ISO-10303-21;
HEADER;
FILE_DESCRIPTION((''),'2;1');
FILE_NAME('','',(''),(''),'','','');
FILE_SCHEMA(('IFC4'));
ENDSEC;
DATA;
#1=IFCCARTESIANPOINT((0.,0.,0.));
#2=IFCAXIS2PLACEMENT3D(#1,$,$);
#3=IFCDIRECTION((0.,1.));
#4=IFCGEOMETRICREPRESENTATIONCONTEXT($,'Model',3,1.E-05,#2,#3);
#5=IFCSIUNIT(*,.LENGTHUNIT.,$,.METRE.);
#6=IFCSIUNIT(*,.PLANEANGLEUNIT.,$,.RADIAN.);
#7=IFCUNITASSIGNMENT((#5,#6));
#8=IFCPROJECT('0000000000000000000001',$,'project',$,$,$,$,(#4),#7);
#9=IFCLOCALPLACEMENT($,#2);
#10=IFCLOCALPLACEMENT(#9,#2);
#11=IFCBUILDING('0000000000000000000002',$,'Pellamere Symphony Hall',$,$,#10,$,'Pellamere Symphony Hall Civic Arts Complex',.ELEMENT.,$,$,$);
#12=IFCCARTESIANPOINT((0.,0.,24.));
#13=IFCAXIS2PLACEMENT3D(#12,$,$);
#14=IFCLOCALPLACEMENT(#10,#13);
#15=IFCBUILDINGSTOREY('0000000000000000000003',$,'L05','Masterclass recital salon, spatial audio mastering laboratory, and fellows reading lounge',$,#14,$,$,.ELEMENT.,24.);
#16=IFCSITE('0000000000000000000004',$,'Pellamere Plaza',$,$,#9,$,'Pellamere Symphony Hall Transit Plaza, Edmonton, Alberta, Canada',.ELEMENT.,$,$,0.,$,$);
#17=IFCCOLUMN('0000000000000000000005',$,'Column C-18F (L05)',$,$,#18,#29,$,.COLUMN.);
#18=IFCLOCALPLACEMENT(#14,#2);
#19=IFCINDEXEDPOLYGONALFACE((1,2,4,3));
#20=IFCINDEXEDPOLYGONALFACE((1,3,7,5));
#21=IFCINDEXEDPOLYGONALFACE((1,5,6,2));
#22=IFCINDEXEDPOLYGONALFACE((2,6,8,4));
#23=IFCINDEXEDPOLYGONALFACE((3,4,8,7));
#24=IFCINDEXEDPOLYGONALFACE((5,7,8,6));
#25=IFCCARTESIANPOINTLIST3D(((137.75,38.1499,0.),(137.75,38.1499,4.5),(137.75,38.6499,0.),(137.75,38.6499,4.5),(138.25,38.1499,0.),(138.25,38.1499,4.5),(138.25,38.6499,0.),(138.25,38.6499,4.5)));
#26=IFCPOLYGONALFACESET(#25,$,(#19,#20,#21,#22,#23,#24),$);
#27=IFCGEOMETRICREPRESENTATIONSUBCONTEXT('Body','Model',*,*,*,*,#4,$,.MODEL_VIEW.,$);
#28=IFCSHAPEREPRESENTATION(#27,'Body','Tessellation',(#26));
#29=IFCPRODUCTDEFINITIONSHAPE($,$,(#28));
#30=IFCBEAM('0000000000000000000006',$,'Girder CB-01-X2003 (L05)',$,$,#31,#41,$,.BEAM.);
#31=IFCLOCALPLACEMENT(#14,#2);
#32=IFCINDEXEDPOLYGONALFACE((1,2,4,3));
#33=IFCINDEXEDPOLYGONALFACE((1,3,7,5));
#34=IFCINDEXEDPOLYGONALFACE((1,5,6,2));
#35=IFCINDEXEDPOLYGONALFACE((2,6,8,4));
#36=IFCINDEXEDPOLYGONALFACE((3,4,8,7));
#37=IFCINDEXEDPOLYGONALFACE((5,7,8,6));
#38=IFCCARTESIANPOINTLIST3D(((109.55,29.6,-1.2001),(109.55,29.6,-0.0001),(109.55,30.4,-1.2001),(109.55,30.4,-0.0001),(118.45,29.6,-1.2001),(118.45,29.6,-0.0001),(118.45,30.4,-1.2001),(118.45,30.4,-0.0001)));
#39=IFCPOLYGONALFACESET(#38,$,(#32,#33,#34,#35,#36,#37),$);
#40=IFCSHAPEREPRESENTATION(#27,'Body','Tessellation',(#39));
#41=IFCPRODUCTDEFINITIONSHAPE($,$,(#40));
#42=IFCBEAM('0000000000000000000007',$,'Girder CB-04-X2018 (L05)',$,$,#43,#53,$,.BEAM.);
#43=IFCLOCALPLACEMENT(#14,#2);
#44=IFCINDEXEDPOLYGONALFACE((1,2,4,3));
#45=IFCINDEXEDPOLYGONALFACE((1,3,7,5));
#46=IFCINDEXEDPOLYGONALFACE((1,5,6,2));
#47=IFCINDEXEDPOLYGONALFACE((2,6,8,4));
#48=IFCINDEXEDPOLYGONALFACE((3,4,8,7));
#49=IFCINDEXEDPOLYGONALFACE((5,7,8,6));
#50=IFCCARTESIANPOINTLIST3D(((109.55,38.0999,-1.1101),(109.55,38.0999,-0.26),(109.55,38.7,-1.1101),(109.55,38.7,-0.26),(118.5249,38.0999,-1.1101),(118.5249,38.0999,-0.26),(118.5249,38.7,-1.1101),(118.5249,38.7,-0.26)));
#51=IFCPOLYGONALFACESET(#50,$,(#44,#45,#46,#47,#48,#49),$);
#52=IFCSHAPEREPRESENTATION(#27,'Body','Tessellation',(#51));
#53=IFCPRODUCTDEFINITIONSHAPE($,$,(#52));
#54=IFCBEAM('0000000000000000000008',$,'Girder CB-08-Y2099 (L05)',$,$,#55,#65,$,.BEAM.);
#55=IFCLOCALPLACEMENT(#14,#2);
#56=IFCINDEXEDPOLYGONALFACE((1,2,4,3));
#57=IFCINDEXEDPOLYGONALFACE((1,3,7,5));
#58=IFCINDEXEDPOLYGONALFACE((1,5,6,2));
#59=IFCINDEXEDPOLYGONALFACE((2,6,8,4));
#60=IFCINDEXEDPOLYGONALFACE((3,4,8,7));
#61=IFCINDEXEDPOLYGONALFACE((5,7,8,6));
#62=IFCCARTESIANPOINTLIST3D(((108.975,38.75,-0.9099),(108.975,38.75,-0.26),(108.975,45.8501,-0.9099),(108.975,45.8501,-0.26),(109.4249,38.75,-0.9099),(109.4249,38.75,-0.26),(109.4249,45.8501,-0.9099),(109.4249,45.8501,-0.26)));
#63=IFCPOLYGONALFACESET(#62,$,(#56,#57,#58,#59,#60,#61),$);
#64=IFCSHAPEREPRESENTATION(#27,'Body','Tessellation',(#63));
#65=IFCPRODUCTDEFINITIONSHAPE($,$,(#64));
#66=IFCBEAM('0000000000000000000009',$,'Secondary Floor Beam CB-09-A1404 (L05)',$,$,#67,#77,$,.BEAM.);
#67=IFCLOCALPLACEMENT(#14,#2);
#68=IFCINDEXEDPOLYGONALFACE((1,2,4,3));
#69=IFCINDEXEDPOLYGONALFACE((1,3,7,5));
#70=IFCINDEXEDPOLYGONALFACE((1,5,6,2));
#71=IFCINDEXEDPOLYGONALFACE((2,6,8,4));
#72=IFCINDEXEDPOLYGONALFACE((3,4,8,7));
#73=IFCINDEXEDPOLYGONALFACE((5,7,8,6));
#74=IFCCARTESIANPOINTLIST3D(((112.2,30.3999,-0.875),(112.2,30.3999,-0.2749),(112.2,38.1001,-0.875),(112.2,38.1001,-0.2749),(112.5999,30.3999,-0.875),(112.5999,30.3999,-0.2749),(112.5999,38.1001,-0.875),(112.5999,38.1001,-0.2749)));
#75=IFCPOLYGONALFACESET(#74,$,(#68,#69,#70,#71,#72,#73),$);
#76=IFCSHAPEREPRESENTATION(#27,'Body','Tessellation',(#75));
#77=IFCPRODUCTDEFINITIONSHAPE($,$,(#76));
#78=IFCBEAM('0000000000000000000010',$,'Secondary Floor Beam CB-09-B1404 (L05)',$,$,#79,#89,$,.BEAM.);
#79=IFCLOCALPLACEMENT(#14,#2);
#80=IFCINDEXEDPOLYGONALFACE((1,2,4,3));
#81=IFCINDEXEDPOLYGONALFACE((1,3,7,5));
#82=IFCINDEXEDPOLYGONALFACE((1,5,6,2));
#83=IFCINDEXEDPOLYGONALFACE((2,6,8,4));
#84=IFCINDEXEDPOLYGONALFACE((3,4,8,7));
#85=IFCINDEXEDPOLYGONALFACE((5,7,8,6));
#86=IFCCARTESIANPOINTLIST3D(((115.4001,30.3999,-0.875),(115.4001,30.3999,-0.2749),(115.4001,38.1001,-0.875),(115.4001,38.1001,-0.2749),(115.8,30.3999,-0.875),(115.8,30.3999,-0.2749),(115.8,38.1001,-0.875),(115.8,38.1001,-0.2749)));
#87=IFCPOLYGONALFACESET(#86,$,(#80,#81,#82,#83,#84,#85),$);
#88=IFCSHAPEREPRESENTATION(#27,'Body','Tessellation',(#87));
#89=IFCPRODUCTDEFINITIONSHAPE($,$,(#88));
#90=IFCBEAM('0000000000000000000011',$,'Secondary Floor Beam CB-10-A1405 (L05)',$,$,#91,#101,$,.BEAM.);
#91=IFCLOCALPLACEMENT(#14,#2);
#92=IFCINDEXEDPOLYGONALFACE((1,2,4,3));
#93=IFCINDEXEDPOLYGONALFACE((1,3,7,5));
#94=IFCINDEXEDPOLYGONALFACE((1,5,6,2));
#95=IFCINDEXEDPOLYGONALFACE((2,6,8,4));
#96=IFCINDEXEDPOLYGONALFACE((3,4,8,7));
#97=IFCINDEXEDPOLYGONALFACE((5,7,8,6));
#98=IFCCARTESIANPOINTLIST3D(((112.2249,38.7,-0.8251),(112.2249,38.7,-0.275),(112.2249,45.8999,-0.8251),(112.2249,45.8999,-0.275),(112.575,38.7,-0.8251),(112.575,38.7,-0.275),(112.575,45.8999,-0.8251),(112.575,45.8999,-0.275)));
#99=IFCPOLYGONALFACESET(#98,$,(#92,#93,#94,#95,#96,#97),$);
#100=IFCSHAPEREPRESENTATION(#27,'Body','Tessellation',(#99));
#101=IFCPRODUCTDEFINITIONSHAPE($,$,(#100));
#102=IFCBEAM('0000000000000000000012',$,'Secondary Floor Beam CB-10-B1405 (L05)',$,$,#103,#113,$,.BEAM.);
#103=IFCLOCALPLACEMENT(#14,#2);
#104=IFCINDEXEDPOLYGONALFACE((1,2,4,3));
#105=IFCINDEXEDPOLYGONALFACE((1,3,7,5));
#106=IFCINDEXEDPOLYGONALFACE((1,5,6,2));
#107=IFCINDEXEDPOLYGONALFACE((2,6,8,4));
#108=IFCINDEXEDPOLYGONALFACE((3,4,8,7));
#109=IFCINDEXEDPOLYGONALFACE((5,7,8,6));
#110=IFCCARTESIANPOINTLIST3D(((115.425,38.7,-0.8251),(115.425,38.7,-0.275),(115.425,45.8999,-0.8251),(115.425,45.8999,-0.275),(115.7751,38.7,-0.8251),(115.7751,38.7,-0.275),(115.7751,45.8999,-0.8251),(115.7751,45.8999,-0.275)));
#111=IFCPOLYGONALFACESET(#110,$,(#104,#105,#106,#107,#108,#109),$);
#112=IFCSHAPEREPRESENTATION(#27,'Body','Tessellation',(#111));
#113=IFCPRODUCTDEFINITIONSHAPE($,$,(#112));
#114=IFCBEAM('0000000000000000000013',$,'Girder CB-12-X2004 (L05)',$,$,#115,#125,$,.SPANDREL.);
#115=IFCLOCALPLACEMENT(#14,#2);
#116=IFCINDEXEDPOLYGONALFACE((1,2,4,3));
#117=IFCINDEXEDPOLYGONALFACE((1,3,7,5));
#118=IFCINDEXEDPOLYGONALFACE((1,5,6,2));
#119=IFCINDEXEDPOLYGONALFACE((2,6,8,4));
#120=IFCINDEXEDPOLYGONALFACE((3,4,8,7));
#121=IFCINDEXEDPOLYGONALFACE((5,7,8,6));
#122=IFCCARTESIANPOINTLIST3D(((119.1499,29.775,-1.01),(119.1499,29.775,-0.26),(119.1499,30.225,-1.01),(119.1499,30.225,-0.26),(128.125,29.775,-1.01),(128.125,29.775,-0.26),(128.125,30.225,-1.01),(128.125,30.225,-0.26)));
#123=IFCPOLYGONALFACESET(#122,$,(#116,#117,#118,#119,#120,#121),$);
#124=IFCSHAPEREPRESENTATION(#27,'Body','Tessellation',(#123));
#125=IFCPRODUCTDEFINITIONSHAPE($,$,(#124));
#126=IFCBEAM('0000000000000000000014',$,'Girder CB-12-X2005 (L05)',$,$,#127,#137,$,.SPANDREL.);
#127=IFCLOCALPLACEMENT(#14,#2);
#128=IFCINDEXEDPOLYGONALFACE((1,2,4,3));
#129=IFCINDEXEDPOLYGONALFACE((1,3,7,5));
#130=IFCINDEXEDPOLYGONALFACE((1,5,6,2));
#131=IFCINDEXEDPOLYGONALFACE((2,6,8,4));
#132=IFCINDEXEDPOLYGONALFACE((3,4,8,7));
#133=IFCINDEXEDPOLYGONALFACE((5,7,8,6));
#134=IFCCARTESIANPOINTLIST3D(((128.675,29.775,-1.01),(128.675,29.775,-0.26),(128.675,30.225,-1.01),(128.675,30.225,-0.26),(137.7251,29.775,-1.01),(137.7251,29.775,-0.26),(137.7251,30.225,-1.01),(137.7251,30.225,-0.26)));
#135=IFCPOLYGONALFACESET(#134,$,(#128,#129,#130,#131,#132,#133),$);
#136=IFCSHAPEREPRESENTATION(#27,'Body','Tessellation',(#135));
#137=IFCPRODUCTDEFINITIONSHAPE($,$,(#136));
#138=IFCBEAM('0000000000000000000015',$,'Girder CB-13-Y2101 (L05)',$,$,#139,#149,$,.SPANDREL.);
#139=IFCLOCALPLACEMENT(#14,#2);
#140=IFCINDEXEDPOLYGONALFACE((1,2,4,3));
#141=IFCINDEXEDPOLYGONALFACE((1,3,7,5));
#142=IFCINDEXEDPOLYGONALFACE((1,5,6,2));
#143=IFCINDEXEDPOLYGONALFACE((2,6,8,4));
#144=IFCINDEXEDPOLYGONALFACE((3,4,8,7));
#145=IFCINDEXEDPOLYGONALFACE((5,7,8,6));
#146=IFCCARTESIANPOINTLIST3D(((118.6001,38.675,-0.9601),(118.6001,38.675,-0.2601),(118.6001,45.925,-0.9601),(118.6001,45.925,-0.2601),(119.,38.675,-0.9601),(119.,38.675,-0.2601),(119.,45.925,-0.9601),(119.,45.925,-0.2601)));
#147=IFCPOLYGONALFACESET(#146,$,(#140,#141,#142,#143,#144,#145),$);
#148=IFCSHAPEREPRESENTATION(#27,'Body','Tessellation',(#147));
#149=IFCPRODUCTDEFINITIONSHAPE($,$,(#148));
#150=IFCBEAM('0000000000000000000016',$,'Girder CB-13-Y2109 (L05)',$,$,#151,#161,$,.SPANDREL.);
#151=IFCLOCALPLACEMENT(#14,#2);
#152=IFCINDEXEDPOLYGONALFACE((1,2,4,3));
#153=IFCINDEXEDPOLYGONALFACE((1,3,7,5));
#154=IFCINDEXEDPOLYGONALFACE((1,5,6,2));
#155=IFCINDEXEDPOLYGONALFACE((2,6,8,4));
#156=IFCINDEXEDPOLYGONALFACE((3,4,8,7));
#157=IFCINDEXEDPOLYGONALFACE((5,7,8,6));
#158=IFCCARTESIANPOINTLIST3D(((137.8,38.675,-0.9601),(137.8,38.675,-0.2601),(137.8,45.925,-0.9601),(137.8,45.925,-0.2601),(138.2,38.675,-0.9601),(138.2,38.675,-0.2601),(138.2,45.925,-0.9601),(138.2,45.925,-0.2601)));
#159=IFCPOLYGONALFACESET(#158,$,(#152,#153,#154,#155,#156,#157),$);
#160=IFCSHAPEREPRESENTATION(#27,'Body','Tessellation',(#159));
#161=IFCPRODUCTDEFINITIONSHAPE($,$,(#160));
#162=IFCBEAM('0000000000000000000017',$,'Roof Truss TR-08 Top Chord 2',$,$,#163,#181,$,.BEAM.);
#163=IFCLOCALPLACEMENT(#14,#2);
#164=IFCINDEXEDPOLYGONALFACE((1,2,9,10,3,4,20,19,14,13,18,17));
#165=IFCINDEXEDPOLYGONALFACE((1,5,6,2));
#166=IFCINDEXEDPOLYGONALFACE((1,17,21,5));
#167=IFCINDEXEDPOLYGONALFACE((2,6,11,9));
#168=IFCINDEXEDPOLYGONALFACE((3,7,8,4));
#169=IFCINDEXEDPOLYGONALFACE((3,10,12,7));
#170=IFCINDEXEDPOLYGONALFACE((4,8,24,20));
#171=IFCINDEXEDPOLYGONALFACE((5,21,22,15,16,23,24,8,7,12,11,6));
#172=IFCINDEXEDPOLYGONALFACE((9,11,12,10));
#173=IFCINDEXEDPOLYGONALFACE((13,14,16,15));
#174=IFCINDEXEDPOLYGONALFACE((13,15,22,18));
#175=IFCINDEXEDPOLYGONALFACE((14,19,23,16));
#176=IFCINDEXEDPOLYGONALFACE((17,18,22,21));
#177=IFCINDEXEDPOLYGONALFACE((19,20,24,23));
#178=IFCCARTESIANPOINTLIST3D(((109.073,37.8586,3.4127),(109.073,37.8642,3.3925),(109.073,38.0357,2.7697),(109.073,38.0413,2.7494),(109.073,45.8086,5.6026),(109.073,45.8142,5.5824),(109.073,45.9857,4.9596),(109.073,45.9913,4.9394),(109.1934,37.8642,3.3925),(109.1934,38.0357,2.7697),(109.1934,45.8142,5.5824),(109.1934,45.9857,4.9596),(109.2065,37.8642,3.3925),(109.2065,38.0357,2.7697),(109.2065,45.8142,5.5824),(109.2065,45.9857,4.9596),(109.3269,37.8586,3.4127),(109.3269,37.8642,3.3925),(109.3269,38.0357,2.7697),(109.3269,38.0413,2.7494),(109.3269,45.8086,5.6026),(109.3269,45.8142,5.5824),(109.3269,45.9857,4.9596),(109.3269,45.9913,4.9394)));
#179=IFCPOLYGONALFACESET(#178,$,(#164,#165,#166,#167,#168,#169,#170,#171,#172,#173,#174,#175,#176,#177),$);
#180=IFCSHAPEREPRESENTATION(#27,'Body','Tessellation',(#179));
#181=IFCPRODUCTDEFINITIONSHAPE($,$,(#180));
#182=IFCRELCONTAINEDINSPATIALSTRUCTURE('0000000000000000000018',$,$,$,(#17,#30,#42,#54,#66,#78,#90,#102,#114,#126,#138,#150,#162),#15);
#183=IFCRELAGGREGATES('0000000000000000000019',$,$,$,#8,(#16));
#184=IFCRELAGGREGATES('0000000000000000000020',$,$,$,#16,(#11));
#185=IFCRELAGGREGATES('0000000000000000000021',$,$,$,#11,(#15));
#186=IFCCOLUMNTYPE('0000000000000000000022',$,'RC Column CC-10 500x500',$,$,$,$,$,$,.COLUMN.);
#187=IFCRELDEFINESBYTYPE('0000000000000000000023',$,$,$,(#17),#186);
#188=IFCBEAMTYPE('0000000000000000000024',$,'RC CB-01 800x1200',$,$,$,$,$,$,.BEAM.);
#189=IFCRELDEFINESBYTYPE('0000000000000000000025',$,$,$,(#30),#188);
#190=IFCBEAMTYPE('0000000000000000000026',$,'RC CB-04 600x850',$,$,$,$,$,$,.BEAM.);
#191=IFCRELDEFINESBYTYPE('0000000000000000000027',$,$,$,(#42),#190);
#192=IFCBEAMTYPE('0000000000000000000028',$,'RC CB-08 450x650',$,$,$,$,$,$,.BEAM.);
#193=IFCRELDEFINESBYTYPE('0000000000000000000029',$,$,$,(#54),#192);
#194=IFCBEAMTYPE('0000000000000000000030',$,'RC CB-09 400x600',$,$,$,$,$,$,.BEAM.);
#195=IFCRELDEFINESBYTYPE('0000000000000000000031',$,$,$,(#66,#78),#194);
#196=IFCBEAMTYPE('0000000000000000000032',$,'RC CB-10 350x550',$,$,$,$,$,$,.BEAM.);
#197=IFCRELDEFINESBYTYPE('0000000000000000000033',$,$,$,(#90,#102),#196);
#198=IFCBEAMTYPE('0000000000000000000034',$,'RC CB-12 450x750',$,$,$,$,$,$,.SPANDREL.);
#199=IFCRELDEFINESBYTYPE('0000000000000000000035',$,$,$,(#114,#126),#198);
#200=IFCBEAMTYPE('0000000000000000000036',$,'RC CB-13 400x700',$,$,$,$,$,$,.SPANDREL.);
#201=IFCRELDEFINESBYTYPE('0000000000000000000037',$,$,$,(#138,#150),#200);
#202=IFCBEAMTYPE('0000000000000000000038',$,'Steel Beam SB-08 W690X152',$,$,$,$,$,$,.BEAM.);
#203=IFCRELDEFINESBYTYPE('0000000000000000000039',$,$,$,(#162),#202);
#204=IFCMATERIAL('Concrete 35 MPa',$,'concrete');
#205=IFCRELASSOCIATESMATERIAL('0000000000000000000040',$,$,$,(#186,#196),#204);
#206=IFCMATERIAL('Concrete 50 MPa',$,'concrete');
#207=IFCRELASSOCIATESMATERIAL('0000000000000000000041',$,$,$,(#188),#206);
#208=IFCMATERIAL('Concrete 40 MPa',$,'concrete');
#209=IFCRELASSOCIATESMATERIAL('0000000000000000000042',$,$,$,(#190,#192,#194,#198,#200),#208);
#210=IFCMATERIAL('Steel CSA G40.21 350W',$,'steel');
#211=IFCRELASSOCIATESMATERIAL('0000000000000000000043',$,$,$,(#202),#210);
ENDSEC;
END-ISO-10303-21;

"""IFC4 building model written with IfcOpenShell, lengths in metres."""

from ifc_helpers import new_model, si_unit, direction, frame, origin, origin_2d, place, context, subcontext, project, spatial, rectangle, i_section, extrude, material, material_profile, profile_set, type_object, element, save


model = new_model("IFC4")

# Units and contexts
model_context = context("Model", 3, precision=1e-05, world=origin(), true_north=direction((0.0, 1.0)))
body_context = subcontext(model_context, "Body", "Model", "MODEL_VIEW")
ifc_project = project(units=[si_unit("LENGTHUNIT", "METRE"), si_unit("PLANEANGLEUNIT", "RADIAN")], contexts=[model_context])

# Site, building, storey
site_placement = place(None, origin())
site = spatial("IfcSite", under=ifc_project, at=site_placement, Name="Pellamere Plaza", LongName="Pellamere Symphony Hall Transit Plaza, Edmonton, Alberta, Canada", CompositionType="ELEMENT", RefElevation=0.0)
building_placement = place(site_placement, origin())
building = spatial("IfcBuilding", under=site, at=building_placement, Name="Pellamere Symphony Hall", LongName="Pellamere Symphony Hall Civic Arts Complex", CompositionType="ELEMENT")
storey_placement = place(building_placement, frame((0.0, 0.0, 24.0)))
storey = spatial("IfcBuildingStorey", under=building, at=storey_placement, Name="L05", Description="Masterclass recital salon, spatial audio mastering laboratory, and fellows reading lounge", CompositionType="ELEMENT", Elevation=24.0)

# Column
ifc_material_1 = material(Name="Concrete 35 MPa", Category="concrete")
ifc_material_profile_1 = material_profile(ifc_material_1, rectangle(XDim=0.5, YDim=0.5, at=origin_2d()), Name="RC 500x500")
ifc_profile_set_1 = profile_set([ifc_material_profile_1], Name="Concrete 35 MPa")
column_type = type_object("IfcColumnType", Name="RC Column CC-10 500x500", PredefinedType="COLUMN", material=ifc_profile_set_1)
column_placement = place(storey_placement, frame((138.0, 38.3999, 0.0), z_axis=(0.0, 0.0, 1.0), x_axis=(1.0, 0.0, 0.0)))
element("IfcColumn", 1, at=column_placement, inside=storey, type_object=column_type, Name="Column C-18F (L05)", PredefinedType="COLUMN", context=body_context, shape_type="SweptSolid", body=[
    extrude(rectangle(XDim=0.5, YDim=0.5, at=origin_2d()), origin(), (0.0, 0.0, 1.0), 4.5),
])

# Beams
ifc_material_2 = material(Name="Concrete 50 MPa", Category="concrete")
ifc_material_profile_2 = material_profile(ifc_material_2, rectangle(XDim=0.8, YDim=1.2, at=origin_2d()), Name="RC 800x1200")
ifc_profile_set_2 = profile_set([ifc_material_profile_2], Name="Concrete 50 MPa")
beam_type_1 = type_object("IfcBeamType", Name="RC CB-01 800x1200", PredefinedType="BEAM", material=ifc_profile_set_2)
beam_1_placement = place(storey_placement, frame((109.55, 30.0, -0.6001), z_axis=(1.0, 0.0, 0.0), x_axis=(0.0, 1.0, 0.0)))
element("IfcBeam", 2, at=beam_1_placement, inside=storey, type_object=beam_type_1, Name="Girder CB-01-X2003 (L05)", PredefinedType="BEAM", context=body_context, shape_type="SweptSolid", body=[
    extrude(rectangle(XDim=0.8, YDim=1.2, at=origin_2d()), origin(), (0.0, 0.0, 1.0), 8.8999),
])
ifc_material_3 = material(Name="Concrete 40 MPa", Category="concrete")
ifc_material_profile_3 = material_profile(ifc_material_3, rectangle(XDim=0.6001, YDim=0.8501, at=origin_2d()), Name="RC 600x850")
ifc_profile_set_3 = profile_set([ifc_material_profile_3], Name="Concrete 40 MPa")
beam_type_2 = type_object("IfcBeamType", Name="RC CB-04 600x850", PredefinedType="BEAM", material=ifc_profile_set_3)
beam_2_placement = place(storey_placement, frame((109.55, 38.3999, -0.6851), z_axis=(1.0, 0.0, 0.0), x_axis=(0.0, 1.0, 0.0)))
element("IfcBeam", 3, at=beam_2_placement, inside=storey, type_object=beam_type_2, Name="Girder CB-04-X2018 (L05)", PredefinedType="BEAM", context=body_context, shape_type="SweptSolid", body=[
    extrude(rectangle(XDim=0.6001, YDim=0.8501, at=origin_2d()), origin(), (0.0, 0.0, 1.0), 8.9749),
])
ifc_material_profile_4 = material_profile(ifc_material_3, rectangle(XDim=0.45, YDim=0.6499, at=origin_2d()), Name="RC 450x650")
ifc_profile_set_4 = profile_set([ifc_material_profile_4], Name="Concrete 40 MPa")
beam_type_3 = type_object("IfcBeamType", Name="RC CB-08 450x650", PredefinedType="BEAM", material=ifc_profile_set_4)
beam_3_placement = place(storey_placement, frame((109.2, 38.75, -0.585), z_axis=(0.0, 1.0, 0.0), x_axis=(-1.0, 0.0, 0.0)))
element("IfcBeam", 4, at=beam_3_placement, inside=storey, type_object=beam_type_3, Name="Girder CB-08-Y2099 (L05)", PredefinedType="BEAM", context=body_context, shape_type="SweptSolid", body=[
    extrude(rectangle(XDim=0.45, YDim=0.6499, at=origin_2d()), origin(), (0.0, 0.0, 1.0), 7.1001),
])
ifc_material_profile_5 = material_profile(ifc_material_3, rectangle(XDim=0.3999, YDim=0.6001, at=origin_2d()), Name="RC 400x600")
ifc_profile_set_5 = profile_set([ifc_material_profile_5], Name="Concrete 40 MPa")
beam_type_4 = type_object("IfcBeamType", Name="RC CB-09 400x600", PredefinedType="BEAM", material=ifc_profile_set_5)
for number, where, z_axis, x_axis, name in (
    (5, (112.3999, 30.3999, -0.575), (0.0, 1.0, 0.0), (-1.0, 0.0, 0.0), "Secondary Floor Beam CB-09-A1404 (L05)"),
    (6, (115.6001, 30.3999, -0.575), (0.0, 1.0, 0.0), (-1.0, 0.0, 0.0), "Secondary Floor Beam CB-09-B1404 (L05)"),
):
    element("IfcBeam", number, at=place(storey_placement, frame(where, z_axis=z_axis, x_axis=x_axis)), inside=storey, type_object=beam_type_4, Name=name, PredefinedType="BEAM", context=body_context, shape_type="SweptSolid", body=[
        extrude(rectangle(XDim=0.3999, YDim=0.6001, at=origin_2d()), origin(), (0.0, 0.0, 1.0), 7.7002),
    ])
ifc_material_profile_6 = material_profile(ifc_material_1, rectangle(XDim=0.3501, YDim=0.55, at=origin_2d()), Name="RC 350x550")
ifc_profile_set_6 = profile_set([ifc_material_profile_6], Name="Concrete 35 MPa")
beam_type_5 = type_object("IfcBeamType", Name="RC CB-10 350x550", PredefinedType="BEAM", material=ifc_profile_set_6)
for number, where, z_axis, x_axis, name in (
    (7, (112.3999, 38.7, -0.55), (0.0, 1.0, 0.0), (-1.0, 0.0, 0.0), "Secondary Floor Beam CB-10-A1405 (L05)"),
    (8, (115.6001, 38.7, -0.55), (0.0, 1.0, 0.0), (-1.0, 0.0, 0.0), "Secondary Floor Beam CB-10-B1405 (L05)"),
):
    element("IfcBeam", number, at=place(storey_placement, frame(where, z_axis=z_axis, x_axis=x_axis)), inside=storey, type_object=beam_type_5, Name=name, PredefinedType="BEAM", context=body_context, shape_type="SweptSolid", body=[
        extrude(rectangle(XDim=0.3501, YDim=0.55, at=origin_2d()), origin(), (0.0, 0.0, 1.0), 7.2),
    ])
ifc_material_profile_7 = material_profile(ifc_material_3, rectangle(XDim=0.45, YDim=0.75, at=origin_2d()), Name="RC 450x750")
ifc_profile_set_7 = profile_set([ifc_material_profile_7], Name="Concrete 40 MPa")
beam_type_6 = type_object("IfcBeamType", Name="RC CB-12 450x750", PredefinedType="SPANDREL", material=ifc_profile_set_7)
beam_4_placement = place(storey_placement, frame((119.1499, 30.0, -0.635), z_axis=(1.0, 0.0, 0.0), x_axis=(0.0, 1.0, 0.0)))
element("IfcBeam", 9, at=beam_4_placement, inside=storey, type_object=beam_type_6, Name="Girder CB-12-X2004 (L05)", PredefinedType="SPANDREL", context=body_context, shape_type="SweptSolid", body=[
    extrude(rectangle(XDim=0.45, YDim=0.75, at=origin_2d()), origin(), (0.0, 0.0, 1.0), 8.9751),
])
beam_5_placement = place(storey_placement, frame((128.675, 30.0, -0.635), z_axis=(1.0, 0.0, 0.0), x_axis=(0.0, 1.0, 0.0)))
element("IfcBeam", 10, at=beam_5_placement, inside=storey, type_object=beam_type_6, Name="Girder CB-12-X2005 (L05)", PredefinedType="SPANDREL", context=body_context, shape_type="SweptSolid", body=[
    extrude(rectangle(XDim=0.45, YDim=0.75, at=origin_2d()), origin(), (0.0, 0.0, 1.0), 9.05),
])
ifc_material_profile_8 = material_profile(ifc_material_3, rectangle(XDim=0.3999, YDim=0.7, at=origin_2d()), Name="RC 400x700")
ifc_profile_set_8 = profile_set([ifc_material_profile_8], Name="Concrete 40 MPa")
beam_type_7 = type_object("IfcBeamType", Name="RC CB-13 400x700", PredefinedType="SPANDREL", material=ifc_profile_set_8)
for number, where, z_axis, x_axis, name in (
    (11, (118.8, 38.675, -0.6101), (0.0, 1.0, 0.0), (-1.0, 0.0, 0.0), "Girder CB-13-Y2101 (L05)"),
    (12, (138.0, 38.675, -0.6101), (0.0, 1.0, 0.0), (-1.0, 0.0, 0.0), "Girder CB-13-Y2109 (L05)"),
):
    element("IfcBeam", number, at=place(storey_placement, frame(where, z_axis=z_axis, x_axis=x_axis)), inside=storey, type_object=beam_type_7, Name=name, PredefinedType="SPANDREL", context=body_context, shape_type="SweptSolid", body=[
        extrude(rectangle(XDim=0.3999, YDim=0.7, at=origin_2d()), origin(), (0.0, 0.0, 1.0), 7.25),
    ])
ifc_material_4 = material(Name="Steel CSA G40.21 350W", Category="steel")
ifc_material_profile_9 = material_profile(ifc_material_4, i_section(OverallWidth=0.2539, OverallDepth=0.688, WebThickness=0.0132, FlangeThickness=0.021, at=origin_2d()), Name="W690X152")
ifc_profile_set_9 = profile_set([ifc_material_profile_9], Name="Steel CSA G40.21 350W")
beam_type_8 = type_object("IfcBeamType", Name="Steel Beam SB-08 W690X152", PredefinedType="BEAM", material=ifc_profile_set_9)
beam_6_placement = place(storey_placement, frame((109.2, 37.95, 3.0811), z_axis=(0.0, 0.96409, 0.265574), x_axis=(-1.0, 0.0, 0.0)))
element("IfcBeam", 13, at=beam_6_placement, inside=storey, type_object=beam_type_8, Name="Roof Truss TR-08 Top Chord 2", PredefinedType="BEAM", context=body_context, shape_type="SweptSolid", body=[
    extrude(i_section(OverallWidth=0.2539, OverallDepth=0.688, WebThickness=0.0132, FlangeThickness=0.021, at=origin_2d()), origin(), (0.0, 0.0, 1.0), 8.2461),
])

save(model, "model.ifc")
